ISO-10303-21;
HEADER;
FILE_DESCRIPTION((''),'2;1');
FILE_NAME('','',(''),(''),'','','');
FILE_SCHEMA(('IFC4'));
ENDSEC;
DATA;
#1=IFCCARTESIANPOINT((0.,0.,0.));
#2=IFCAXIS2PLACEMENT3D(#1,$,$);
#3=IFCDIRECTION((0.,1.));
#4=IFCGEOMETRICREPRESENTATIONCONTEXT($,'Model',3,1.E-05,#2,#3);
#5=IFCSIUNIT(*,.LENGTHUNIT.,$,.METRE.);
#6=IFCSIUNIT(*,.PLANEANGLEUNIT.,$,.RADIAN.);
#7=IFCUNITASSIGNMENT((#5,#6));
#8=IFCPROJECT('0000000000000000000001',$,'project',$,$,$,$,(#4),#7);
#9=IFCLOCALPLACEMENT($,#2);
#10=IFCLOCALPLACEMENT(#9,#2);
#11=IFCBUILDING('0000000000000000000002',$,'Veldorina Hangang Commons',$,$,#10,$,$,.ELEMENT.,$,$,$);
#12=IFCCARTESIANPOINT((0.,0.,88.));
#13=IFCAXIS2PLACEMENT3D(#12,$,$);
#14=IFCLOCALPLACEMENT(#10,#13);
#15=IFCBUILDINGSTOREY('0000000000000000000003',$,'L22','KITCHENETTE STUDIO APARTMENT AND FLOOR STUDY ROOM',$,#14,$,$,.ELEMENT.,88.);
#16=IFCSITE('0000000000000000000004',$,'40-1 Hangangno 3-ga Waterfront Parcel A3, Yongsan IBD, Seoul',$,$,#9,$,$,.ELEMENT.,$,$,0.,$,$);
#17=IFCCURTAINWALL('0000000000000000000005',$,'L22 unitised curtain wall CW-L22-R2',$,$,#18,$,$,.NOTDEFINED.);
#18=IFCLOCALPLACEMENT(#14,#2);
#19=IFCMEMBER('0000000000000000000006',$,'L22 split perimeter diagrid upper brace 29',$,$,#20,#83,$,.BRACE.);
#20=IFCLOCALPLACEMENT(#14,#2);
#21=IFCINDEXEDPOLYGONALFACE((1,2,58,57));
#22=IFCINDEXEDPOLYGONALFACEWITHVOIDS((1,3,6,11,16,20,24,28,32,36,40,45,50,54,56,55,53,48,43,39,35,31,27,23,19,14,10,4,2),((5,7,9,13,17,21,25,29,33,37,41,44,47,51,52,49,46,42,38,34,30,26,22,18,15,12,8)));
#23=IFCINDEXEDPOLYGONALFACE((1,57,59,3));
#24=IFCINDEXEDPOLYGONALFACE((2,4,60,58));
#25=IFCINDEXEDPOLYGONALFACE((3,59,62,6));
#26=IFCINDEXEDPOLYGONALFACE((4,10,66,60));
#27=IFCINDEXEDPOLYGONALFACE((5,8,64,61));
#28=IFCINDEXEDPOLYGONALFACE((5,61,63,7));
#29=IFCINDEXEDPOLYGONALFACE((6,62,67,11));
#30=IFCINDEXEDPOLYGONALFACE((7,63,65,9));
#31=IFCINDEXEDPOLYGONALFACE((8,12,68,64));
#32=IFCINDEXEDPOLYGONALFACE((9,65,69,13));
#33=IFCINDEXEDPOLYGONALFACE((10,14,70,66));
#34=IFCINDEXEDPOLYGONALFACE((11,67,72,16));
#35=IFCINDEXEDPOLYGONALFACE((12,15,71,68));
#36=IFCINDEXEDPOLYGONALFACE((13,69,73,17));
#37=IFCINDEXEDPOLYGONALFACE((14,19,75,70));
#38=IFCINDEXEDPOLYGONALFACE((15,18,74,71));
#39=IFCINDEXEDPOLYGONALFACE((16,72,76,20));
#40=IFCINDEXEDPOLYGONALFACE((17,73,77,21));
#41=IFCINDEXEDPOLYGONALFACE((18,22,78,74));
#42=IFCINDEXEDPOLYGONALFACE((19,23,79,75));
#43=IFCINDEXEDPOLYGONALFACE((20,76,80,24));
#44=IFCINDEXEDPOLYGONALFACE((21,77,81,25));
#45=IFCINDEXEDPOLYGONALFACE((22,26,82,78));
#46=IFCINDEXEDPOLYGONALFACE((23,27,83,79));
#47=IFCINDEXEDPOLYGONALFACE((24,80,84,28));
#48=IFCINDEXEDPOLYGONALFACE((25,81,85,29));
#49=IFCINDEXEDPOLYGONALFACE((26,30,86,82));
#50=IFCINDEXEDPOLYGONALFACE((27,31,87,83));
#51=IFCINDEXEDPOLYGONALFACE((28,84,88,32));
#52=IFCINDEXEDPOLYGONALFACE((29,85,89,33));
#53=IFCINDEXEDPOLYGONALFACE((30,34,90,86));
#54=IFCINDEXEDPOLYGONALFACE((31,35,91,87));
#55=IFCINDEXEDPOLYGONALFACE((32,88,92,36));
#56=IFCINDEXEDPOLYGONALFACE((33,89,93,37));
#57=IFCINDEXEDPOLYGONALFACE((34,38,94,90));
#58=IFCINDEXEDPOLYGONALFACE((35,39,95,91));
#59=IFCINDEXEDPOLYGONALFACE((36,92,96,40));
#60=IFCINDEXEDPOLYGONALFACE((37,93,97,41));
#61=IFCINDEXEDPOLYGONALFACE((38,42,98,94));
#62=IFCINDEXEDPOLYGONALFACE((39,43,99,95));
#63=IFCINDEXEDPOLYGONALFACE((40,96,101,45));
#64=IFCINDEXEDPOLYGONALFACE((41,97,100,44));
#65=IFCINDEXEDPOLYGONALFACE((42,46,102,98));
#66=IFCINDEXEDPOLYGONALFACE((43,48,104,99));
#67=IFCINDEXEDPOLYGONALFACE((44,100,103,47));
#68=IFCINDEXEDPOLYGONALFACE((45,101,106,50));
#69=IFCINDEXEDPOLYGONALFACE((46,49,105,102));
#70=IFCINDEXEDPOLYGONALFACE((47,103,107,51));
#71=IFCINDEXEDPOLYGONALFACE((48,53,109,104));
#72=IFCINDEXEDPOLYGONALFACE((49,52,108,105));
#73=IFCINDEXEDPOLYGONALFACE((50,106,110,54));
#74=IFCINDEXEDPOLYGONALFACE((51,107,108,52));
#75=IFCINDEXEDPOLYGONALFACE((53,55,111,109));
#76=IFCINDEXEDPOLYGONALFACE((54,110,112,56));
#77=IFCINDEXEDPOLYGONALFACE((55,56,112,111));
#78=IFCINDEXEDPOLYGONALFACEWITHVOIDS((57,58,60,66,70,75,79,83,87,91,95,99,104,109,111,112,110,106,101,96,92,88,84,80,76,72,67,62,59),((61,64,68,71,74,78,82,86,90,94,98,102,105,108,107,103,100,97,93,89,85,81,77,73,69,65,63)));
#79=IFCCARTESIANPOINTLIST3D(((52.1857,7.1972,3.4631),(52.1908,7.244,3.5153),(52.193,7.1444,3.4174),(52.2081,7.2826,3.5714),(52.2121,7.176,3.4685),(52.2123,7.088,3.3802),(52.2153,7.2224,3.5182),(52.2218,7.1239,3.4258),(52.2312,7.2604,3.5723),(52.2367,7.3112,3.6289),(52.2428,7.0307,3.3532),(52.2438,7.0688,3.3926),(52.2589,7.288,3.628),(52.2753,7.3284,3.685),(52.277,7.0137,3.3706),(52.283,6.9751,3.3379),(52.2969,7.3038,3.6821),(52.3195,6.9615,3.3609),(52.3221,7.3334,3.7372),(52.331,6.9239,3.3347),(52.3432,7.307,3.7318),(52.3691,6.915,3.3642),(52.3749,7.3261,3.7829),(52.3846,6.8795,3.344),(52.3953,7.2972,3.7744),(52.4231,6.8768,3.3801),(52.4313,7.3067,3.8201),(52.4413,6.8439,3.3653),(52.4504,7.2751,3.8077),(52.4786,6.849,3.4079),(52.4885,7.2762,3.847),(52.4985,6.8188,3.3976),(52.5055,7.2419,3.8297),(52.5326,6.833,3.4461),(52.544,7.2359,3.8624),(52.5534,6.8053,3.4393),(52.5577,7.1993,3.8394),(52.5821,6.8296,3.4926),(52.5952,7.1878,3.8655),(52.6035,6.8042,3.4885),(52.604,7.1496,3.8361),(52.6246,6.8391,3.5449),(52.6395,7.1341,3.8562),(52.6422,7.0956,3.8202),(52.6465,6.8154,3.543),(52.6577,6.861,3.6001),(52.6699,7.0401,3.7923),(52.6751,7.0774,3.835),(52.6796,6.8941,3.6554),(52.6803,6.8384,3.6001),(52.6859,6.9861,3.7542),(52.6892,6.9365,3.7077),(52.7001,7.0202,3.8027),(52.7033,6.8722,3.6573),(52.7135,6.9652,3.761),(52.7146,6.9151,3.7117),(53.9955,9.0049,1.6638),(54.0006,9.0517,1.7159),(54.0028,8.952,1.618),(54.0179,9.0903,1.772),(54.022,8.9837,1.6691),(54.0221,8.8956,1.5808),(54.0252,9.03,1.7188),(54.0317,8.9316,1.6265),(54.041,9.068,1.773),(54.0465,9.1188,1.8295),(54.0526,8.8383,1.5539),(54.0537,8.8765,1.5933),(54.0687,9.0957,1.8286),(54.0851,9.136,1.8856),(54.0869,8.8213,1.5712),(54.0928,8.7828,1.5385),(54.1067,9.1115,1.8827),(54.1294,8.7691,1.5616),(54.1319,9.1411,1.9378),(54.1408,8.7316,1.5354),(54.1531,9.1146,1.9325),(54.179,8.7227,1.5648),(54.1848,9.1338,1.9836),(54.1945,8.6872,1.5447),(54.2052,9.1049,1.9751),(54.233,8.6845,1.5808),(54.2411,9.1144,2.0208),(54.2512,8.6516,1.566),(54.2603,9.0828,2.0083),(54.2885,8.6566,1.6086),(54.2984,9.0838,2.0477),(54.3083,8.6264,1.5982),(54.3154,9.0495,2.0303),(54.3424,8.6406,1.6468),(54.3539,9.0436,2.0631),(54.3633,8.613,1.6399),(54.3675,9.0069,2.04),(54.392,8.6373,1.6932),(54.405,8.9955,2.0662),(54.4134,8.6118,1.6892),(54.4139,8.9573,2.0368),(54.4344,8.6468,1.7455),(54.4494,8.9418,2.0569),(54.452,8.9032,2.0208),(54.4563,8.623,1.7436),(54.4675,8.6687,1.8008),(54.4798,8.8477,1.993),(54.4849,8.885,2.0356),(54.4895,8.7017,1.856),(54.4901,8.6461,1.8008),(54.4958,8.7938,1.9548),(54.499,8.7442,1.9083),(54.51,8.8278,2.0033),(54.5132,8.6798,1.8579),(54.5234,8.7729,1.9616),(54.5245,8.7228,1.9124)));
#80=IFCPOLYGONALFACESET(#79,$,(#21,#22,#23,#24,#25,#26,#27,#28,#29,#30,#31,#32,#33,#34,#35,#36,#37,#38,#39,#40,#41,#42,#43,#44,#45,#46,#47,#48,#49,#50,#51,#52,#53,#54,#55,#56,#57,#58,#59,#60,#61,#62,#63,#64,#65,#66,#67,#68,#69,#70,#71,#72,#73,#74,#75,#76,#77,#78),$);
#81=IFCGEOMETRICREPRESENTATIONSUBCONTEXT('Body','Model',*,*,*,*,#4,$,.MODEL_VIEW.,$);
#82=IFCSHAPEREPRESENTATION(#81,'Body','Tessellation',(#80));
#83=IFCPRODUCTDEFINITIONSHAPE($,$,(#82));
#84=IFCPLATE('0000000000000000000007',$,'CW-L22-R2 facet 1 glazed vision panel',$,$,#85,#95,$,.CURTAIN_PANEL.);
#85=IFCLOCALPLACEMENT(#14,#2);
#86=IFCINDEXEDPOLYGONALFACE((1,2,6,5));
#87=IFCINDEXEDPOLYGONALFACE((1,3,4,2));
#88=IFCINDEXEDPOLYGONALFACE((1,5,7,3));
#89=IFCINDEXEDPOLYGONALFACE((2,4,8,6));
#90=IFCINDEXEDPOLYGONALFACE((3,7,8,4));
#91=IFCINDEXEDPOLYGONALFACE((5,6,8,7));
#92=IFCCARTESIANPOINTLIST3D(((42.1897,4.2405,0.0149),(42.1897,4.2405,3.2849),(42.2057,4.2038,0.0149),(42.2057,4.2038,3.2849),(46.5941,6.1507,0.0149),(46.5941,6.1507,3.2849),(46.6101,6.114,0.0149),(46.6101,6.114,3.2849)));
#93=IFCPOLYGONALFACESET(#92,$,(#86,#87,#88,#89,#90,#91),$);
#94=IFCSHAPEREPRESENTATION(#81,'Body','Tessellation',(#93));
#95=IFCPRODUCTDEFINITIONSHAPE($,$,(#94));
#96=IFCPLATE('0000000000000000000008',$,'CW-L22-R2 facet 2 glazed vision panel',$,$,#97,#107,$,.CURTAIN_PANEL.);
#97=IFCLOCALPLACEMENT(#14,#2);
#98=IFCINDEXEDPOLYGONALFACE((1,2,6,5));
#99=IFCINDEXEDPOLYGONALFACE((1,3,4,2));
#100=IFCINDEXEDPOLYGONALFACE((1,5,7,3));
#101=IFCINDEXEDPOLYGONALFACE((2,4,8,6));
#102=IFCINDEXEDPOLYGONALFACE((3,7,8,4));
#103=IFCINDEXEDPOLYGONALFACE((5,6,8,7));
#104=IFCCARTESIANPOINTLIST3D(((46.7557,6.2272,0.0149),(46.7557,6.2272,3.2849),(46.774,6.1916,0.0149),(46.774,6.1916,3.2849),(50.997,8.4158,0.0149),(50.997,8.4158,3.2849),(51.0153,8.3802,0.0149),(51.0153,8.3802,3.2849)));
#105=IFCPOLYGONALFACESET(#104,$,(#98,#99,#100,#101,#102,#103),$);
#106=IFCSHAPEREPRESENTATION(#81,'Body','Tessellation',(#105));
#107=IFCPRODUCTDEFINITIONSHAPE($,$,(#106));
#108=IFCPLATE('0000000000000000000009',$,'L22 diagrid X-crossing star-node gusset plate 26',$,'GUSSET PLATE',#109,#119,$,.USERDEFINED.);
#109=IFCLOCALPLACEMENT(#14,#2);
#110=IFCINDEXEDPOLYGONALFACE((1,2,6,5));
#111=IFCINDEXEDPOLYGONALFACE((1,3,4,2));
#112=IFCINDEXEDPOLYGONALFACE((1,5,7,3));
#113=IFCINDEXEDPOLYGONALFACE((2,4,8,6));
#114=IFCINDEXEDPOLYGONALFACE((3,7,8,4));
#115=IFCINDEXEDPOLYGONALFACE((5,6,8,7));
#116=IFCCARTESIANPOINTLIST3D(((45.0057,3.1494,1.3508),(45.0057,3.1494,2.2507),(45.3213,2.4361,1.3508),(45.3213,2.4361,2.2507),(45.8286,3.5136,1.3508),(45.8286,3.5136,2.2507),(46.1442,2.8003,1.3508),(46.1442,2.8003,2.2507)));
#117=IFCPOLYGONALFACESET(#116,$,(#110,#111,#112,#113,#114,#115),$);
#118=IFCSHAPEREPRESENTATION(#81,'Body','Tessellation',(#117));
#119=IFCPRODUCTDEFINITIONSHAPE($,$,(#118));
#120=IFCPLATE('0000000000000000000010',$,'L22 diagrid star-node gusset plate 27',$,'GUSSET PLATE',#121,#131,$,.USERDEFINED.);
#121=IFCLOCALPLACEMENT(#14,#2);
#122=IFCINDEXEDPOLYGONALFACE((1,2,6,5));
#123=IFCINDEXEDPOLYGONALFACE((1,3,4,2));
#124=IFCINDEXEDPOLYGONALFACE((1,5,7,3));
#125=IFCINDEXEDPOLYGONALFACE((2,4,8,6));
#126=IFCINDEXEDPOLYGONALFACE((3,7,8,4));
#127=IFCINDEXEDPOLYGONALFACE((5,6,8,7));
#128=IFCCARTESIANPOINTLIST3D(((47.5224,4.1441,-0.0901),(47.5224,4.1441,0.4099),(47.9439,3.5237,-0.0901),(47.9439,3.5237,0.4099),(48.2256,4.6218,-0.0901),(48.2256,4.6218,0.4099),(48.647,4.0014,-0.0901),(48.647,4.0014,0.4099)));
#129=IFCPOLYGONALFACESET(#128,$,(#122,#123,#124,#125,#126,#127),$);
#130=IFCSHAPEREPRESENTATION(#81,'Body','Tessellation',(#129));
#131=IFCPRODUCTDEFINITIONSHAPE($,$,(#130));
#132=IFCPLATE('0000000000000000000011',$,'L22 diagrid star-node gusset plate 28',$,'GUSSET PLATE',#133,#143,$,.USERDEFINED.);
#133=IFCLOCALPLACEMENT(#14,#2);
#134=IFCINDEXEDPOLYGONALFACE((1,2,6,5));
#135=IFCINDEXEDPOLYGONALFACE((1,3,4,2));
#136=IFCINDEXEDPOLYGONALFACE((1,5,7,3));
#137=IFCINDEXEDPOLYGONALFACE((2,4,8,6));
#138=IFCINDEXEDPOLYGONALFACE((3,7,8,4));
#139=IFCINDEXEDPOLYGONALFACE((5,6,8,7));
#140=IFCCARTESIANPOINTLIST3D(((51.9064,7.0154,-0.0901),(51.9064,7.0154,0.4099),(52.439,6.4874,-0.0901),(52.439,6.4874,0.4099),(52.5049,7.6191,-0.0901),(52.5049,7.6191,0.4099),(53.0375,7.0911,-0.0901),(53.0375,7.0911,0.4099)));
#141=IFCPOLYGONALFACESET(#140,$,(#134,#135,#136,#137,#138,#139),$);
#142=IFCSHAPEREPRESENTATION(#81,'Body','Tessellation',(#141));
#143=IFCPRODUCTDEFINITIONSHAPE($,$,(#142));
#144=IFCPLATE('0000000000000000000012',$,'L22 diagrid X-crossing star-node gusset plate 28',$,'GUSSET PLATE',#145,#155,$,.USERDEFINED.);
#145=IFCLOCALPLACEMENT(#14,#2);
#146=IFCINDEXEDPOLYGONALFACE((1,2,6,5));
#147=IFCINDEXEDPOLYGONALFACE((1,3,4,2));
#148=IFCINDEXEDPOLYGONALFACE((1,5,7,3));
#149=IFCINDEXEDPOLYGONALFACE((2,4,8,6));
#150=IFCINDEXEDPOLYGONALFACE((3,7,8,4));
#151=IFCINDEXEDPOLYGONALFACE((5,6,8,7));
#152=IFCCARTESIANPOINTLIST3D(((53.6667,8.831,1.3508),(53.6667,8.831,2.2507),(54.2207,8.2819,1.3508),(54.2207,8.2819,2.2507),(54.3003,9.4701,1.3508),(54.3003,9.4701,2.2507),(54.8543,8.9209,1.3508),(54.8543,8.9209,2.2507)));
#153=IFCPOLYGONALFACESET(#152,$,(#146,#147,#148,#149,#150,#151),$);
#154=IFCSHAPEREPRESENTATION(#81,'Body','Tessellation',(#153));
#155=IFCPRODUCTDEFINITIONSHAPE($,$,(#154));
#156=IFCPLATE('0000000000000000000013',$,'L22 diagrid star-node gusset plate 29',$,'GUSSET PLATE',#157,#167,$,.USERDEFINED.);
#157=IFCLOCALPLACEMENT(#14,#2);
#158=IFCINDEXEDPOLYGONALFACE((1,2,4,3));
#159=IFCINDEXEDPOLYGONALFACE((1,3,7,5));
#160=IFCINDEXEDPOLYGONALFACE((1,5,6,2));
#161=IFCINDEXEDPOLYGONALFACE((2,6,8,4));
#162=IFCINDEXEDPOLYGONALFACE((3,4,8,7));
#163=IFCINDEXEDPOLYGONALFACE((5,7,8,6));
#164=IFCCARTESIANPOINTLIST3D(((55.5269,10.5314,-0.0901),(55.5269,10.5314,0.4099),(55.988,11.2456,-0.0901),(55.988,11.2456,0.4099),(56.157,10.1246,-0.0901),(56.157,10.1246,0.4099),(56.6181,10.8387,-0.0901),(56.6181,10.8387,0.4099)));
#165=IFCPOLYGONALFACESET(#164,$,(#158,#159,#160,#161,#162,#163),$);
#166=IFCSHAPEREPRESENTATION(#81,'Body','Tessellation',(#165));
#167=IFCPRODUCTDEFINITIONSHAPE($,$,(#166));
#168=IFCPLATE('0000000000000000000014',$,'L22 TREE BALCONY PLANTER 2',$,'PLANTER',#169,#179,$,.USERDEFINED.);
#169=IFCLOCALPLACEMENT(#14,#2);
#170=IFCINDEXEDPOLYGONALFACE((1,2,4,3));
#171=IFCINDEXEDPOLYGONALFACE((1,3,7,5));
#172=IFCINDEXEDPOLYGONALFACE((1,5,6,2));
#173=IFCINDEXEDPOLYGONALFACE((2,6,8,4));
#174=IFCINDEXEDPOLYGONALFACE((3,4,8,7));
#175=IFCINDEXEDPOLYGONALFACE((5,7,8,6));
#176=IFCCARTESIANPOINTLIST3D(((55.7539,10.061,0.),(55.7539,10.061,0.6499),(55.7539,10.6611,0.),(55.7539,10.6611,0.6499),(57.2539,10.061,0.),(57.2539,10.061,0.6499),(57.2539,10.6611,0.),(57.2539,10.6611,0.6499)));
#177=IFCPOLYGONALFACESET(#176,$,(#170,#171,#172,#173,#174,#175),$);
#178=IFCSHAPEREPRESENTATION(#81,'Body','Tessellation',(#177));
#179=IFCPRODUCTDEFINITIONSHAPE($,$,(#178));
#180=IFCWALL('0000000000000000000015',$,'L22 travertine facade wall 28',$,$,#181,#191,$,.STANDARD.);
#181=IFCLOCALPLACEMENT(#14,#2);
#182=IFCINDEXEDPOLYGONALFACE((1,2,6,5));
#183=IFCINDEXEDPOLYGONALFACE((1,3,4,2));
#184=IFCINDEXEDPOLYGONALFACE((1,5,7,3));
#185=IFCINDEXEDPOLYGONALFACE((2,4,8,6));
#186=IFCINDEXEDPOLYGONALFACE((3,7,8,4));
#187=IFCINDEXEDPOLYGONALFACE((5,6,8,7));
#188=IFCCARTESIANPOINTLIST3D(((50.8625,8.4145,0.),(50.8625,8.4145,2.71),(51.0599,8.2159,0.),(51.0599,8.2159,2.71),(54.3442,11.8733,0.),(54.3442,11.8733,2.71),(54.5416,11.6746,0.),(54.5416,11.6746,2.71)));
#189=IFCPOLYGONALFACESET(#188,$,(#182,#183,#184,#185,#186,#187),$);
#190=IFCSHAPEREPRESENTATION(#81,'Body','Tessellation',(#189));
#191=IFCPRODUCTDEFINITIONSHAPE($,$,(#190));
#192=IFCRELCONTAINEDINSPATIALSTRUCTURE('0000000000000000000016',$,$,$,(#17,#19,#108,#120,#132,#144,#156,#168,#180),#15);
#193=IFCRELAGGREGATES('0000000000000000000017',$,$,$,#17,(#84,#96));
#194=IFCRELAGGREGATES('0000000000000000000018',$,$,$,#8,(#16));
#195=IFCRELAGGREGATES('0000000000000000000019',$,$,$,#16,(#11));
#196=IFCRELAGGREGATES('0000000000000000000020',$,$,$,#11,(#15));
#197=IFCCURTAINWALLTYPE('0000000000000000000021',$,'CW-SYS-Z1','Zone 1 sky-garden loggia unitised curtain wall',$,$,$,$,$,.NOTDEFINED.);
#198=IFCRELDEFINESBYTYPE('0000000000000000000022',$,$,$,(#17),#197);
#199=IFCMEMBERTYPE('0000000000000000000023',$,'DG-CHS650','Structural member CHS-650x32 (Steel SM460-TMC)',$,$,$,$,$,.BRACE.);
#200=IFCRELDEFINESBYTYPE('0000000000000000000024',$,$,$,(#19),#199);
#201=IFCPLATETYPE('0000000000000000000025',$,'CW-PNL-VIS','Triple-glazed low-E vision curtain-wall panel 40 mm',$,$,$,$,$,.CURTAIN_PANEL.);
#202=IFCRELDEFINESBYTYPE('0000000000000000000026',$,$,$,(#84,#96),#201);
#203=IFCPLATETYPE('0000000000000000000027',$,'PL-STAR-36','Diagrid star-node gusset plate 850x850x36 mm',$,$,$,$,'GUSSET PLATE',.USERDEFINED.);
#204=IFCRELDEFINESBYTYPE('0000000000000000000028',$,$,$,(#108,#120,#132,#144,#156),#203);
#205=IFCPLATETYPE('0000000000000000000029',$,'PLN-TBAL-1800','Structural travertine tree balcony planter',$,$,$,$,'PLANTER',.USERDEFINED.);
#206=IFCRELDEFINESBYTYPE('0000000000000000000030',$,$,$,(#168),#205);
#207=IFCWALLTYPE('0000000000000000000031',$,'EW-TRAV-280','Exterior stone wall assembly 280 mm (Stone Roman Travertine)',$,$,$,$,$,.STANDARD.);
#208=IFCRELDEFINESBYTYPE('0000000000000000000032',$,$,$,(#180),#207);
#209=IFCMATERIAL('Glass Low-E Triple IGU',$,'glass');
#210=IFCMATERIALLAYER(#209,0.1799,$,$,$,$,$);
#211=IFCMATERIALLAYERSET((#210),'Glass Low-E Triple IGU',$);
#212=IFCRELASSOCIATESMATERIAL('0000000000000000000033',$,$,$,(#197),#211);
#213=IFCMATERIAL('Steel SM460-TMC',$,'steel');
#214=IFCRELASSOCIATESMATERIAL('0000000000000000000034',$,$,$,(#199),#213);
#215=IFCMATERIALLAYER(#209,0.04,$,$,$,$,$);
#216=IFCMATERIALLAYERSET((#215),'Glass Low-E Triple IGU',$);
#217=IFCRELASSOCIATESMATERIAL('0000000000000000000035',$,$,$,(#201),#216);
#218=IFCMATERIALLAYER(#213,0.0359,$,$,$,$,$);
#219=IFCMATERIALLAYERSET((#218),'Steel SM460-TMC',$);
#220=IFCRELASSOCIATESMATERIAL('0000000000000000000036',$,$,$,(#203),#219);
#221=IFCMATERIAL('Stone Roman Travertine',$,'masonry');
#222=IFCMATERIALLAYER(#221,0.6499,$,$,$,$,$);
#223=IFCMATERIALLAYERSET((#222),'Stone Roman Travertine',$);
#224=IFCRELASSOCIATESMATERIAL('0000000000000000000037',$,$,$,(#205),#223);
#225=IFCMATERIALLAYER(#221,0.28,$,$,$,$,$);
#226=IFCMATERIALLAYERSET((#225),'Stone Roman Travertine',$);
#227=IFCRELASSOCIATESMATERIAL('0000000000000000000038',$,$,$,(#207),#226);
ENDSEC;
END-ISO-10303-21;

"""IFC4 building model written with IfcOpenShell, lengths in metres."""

from ifc_helpers import new_model, si_unit, direction, frame, frame_2d, origin, origin_2d, place, context, subcontext, project, spatial, rectangle, hollow_circle, extrude, material, layer, layer_set, material_profile, profile_set, type_object, element, aggregate, save


model = new_model("IFC4")

# Units and contexts
model_context = context("Model", 3, precision=1e-05, world=origin(), true_north=direction((0.0, 1.0)))
body_context = subcontext(model_context, "Body", "Model", "MODEL_VIEW")
ifc_project = project(units=[si_unit("LENGTHUNIT", "METRE"), si_unit("PLANEANGLEUNIT", "RADIAN")], contexts=[model_context])

# Site, building, storey
site_placement = place(None, origin())
site = spatial("IfcSite", under=ifc_project, at=site_placement, Name="40-1 Hangangno 3-ga Waterfront Parcel A3, Yongsan IBD, Seoul", CompositionType="ELEMENT", RefElevation=0.0)
building_placement = place(site_placement, origin())
building = spatial("IfcBuilding", under=site, at=building_placement, Name="Veldorina Hangang Commons", CompositionType="ELEMENT")
storey_placement = place(building_placement, frame((0.0, 0.0, 88.0)))
storey = spatial("IfcBuildingStorey", under=building, at=storey_placement, Name="L22", Description="KITCHENETTE STUDIO APARTMENT AND FLOOR STUDY ROOM", CompositionType="ELEMENT", Elevation=88.0)

# Curtain wall
ifc_material_1 = material(Name="Glass Low-E Triple IGU", Category="glass")
ifc_layer_1 = layer(ifc_material_1, 0.1799)
ifc_layer_set_1 = layer_set([ifc_layer_1], Name="Glass Low-E Triple IGU")
curtain_wall_type = type_object("IfcCurtainWallType", Name="CW-SYS-Z1", Description="Zone 1 sky-garden loggia unitised curtain wall", PredefinedType="NOTDEFINED", material=ifc_layer_set_1)
curtain_wall_placement = place(storey_placement, origin())
curtain_wall = element("IfcCurtainWall", 1, at=curtain_wall_placement, inside=storey, type_object=curtain_wall_type, Name="L22 unitised curtain wall CW-L22-R2", PredefinedType="NOTDEFINED")

# Member
ifc_material_2 = material(Name="Steel SM460-TMC", Category="steel")
ifc_material_profile_1 = material_profile(ifc_material_2, hollow_circle(Radius=0.325, WallThickness=0.032, at=origin_2d()), Name="CHS-650x32")
ifc_profile_set_1 = profile_set([ifc_material_profile_1], Name="Steel SM460-TMC")
member_type_1 = type_object("IfcMemberType", Name="DG-CHS650", Description="Structural member CHS-650x32 (Steel SM460-TMC)", PredefinedType="BRACE", material=ifc_profile_set_1)
member_1_placement = place(storey_placement, frame((54.2605, 8.876, 1.8008), z_axis=(-0.578702, -0.577999, 0.575345), x_axis=(0.706677, -0.707536, 0.0)))
element("IfcMember", 2, at=member_1_placement, inside=storey, type_object=member_type_1, Name="L22 split perimeter diagrid upper brace 29", PredefinedType="BRACE", context=body_context, shape_type="SweptSolid", body=[
    extrude(hollow_circle(Radius=0.325, WallThickness=0.032, at=origin_2d()), origin(), (0.0, 0.0, 1.0), 3.1274),
])

# Plates
ifc_layer_2 = layer(ifc_material_1, 0.04)
ifc_layer_set_2 = layer_set([ifc_layer_2], Name="Glass Low-E Triple IGU")
plate_type_1 = type_object("IfcPlateType", Name="CW-PNL-VIS", Description="Triple-glazed low-E vision curtain-wall panel 40 mm", PredefinedType="CURTAIN_PANEL", material=ifc_layer_set_2)
plate_1_placement = place(storey_placement, frame((44.3999, 5.1772, 0.0149), z_axis=(0.0, 0.0, 1.0), x_axis=(0.917435, 0.397885, 0.0)))
plate_1 = element("IfcPlate", 3, at=plate_1_placement, type_object=plate_type_1, Name="CW-L22-R2 facet 1 glazed vision panel", PredefinedType="CURTAIN_PANEL", context=body_context, shape_type="SweptSolid", body=[
    extrude(rectangle(XDim=4.8008, YDim=0.04, at=origin_2d()), origin(), (0.0, 0.0, 1.0), 3.27),
])
plate_2_placement = place(storey_placement, frame((48.8855, 7.3037, 0.0149), z_axis=(0.0, 0.0, 1.0), x_axis=(0.888657, 0.458572, 0.0)))
plate_2 = element("IfcPlate", 4, at=plate_2_placement, type_object=plate_type_1, Name="CW-L22-R2 facet 2 glazed vision panel", PredefinedType="CURTAIN_PANEL", context=body_context, shape_type="SweptSolid", body=[
    extrude(rectangle(XDim=4.7727, YDim=0.04, at=origin_2d()), origin(), (0.0, 0.0, 1.0), 3.27),
])
aggregate(curtain_wall, [plate_1, plate_2])

# Plates
ifc_layer_3 = layer(ifc_material_2, 0.0359)
ifc_layer_set_3 = layer_set([ifc_layer_3], Name="Steel SM460-TMC")
plate_type_2 = type_object("IfcPlateType", Name="PL-STAR-36", Description="Diagrid star-node gusset plate 850x850x36 mm", ElementType="GUSSET PLATE", PredefinedType="USERDEFINED", material=ifc_layer_set_3)
plate_3_placement = place(storey_placement, frame((45.575, 2.9749, 1.3508), z_axis=(0.0, 0.0, 1.0), x_axis=(0.91448, 0.404631, 0.0)))
element("IfcPlate", 5, at=plate_3_placement, inside=storey, type_object=plate_type_2, Name="L22 diagrid X-crossing star-node gusset plate 26", ObjectType="GUSSET PLATE", PredefinedType="USERDEFINED", context=body_context, shape_type="SweptSolid", body=[
    extrude(rectangle(XDim=0.8999, YDim=0.78, at=origin_2d()), origin(), (0.0, 0.0, 1.0), 0.8999),
])
for number, where, z_axis, x_axis, name in (
    (6, (48.0847, 4.0728, -0.0901), (0.0, 0.0, 1.0), (0.827169, 0.561953, 0.0), "L22 diagrid star-node gusset plate 27"),
    (7, (52.4719, 7.0532, -0.0901), (0.0, 0.0, 1.0), (0.704052, 0.710149, 0.0), "L22 diagrid star-node gusset plate 28"),
):
    element("IfcPlate", number, at=place(storey_placement, frame(where, z_axis=z_axis, x_axis=x_axis)), inside=storey, type_object=plate_type_2, Name=name, ObjectType="GUSSET PLATE", PredefinedType="USERDEFINED", context=body_context, shape_type="SweptSolid", body=[
        extrude(rectangle(XDim=0.8501, YDim=0.75, at=origin_2d()), origin(), (0.0, 0.0, 1.0), 0.5),
    ])
plate_4_placement = place(storey_placement, frame((54.2605, 8.876, 1.3508), z_axis=(0.0, 0.0, 1.0), x_axis=(0.704052, 0.710149, 0.0)))
element("IfcPlate", 8, at=plate_4_placement, inside=storey, type_object=plate_type_2, Name="L22 diagrid X-crossing star-node gusset plate 28", ObjectType="GUSSET PLATE", PredefinedType="USERDEFINED", context=body_context, shape_type="SweptSolid", body=[
    extrude(rectangle(XDim=0.8999, YDim=0.78, at=origin_2d()), origin(), (0.0, 0.0, 1.0), 0.8999),
])
plate_5_placement = place(storey_placement, frame((56.0725, 10.6851, -0.0901), z_axis=(0.0, 0.0, 1.0), x_axis=(0.542442, 0.840094, 0.0)))
element("IfcPlate", 9, at=plate_5_placement, inside=storey, type_object=plate_type_2, Name="L22 diagrid star-node gusset plate 29", ObjectType="GUSSET PLATE", PredefinedType="USERDEFINED", context=body_context, shape_type="SweptSolid", body=[
    extrude(rectangle(XDim=0.8501, YDim=0.75, at=origin_2d()), origin(), (0.0, 0.0, 1.0), 0.5),
])
ifc_material_3 = material(Name="Stone Roman Travertine", Category="masonry")
ifc_layer_4 = layer(ifc_material_3, 0.6499)
ifc_layer_set_4 = layer_set([ifc_layer_4], Name="Stone Roman Travertine")
plate_type_3 = type_object("IfcPlateType", Name="PLN-TBAL-1800", Description="Structural travertine tree balcony planter", ElementType="PLANTER", PredefinedType="USERDEFINED", material=ifc_layer_set_4)
plate_6_placement = place(storey_placement, frame((56.5039, 10.3611, 0.0), z_axis=(0.0, 0.0, 1.0), x_axis=(1.0, 0.0, 0.0)))
element("IfcPlate", 10, at=plate_6_placement, inside=storey, type_object=plate_type_3, Name="L22 TREE BALCONY PLANTER 2", ObjectType="PLANTER", PredefinedType="USERDEFINED", context=body_context, shape_type="SweptSolid", body=[
    extrude(rectangle(XDim=1.5, YDim=0.6001, at=origin_2d()), origin(), (0.0, 0.0, 1.0), 0.6499),
])

# Wall
ifc_layer_5 = layer(ifc_material_3, 0.28)
ifc_layer_set_5 = layer_set([ifc_layer_5], Name="Stone Roman Travertine")
wall_type = type_object("IfcWallType", Name="EW-TRAV-280", Description="Exterior stone wall assembly 280 mm (Stone Roman Travertine)", PredefinedType="STANDARD", material=ifc_layer_set_5)
wall_placement = place(storey_placement, frame((50.9612, 8.3152, 0.0), z_axis=(0.0, 0.0, 1.0), x_axis=(0.709441, 0.704765, 0.0)))
element("IfcWall", 11, at=wall_placement, inside=storey, type_object=wall_type, Name="L22 travertine facade wall 28", PredefinedType="STANDARD", context=body_context, shape_type="SweptSolid", body=[
    extrude(rectangle(XDim=4.9077, YDim=0.28, at=frame_2d((2.4539, 0.0))), origin(), (0.0, 0.0, 1.0), 2.71),
])

save(model, "model.ifc")
